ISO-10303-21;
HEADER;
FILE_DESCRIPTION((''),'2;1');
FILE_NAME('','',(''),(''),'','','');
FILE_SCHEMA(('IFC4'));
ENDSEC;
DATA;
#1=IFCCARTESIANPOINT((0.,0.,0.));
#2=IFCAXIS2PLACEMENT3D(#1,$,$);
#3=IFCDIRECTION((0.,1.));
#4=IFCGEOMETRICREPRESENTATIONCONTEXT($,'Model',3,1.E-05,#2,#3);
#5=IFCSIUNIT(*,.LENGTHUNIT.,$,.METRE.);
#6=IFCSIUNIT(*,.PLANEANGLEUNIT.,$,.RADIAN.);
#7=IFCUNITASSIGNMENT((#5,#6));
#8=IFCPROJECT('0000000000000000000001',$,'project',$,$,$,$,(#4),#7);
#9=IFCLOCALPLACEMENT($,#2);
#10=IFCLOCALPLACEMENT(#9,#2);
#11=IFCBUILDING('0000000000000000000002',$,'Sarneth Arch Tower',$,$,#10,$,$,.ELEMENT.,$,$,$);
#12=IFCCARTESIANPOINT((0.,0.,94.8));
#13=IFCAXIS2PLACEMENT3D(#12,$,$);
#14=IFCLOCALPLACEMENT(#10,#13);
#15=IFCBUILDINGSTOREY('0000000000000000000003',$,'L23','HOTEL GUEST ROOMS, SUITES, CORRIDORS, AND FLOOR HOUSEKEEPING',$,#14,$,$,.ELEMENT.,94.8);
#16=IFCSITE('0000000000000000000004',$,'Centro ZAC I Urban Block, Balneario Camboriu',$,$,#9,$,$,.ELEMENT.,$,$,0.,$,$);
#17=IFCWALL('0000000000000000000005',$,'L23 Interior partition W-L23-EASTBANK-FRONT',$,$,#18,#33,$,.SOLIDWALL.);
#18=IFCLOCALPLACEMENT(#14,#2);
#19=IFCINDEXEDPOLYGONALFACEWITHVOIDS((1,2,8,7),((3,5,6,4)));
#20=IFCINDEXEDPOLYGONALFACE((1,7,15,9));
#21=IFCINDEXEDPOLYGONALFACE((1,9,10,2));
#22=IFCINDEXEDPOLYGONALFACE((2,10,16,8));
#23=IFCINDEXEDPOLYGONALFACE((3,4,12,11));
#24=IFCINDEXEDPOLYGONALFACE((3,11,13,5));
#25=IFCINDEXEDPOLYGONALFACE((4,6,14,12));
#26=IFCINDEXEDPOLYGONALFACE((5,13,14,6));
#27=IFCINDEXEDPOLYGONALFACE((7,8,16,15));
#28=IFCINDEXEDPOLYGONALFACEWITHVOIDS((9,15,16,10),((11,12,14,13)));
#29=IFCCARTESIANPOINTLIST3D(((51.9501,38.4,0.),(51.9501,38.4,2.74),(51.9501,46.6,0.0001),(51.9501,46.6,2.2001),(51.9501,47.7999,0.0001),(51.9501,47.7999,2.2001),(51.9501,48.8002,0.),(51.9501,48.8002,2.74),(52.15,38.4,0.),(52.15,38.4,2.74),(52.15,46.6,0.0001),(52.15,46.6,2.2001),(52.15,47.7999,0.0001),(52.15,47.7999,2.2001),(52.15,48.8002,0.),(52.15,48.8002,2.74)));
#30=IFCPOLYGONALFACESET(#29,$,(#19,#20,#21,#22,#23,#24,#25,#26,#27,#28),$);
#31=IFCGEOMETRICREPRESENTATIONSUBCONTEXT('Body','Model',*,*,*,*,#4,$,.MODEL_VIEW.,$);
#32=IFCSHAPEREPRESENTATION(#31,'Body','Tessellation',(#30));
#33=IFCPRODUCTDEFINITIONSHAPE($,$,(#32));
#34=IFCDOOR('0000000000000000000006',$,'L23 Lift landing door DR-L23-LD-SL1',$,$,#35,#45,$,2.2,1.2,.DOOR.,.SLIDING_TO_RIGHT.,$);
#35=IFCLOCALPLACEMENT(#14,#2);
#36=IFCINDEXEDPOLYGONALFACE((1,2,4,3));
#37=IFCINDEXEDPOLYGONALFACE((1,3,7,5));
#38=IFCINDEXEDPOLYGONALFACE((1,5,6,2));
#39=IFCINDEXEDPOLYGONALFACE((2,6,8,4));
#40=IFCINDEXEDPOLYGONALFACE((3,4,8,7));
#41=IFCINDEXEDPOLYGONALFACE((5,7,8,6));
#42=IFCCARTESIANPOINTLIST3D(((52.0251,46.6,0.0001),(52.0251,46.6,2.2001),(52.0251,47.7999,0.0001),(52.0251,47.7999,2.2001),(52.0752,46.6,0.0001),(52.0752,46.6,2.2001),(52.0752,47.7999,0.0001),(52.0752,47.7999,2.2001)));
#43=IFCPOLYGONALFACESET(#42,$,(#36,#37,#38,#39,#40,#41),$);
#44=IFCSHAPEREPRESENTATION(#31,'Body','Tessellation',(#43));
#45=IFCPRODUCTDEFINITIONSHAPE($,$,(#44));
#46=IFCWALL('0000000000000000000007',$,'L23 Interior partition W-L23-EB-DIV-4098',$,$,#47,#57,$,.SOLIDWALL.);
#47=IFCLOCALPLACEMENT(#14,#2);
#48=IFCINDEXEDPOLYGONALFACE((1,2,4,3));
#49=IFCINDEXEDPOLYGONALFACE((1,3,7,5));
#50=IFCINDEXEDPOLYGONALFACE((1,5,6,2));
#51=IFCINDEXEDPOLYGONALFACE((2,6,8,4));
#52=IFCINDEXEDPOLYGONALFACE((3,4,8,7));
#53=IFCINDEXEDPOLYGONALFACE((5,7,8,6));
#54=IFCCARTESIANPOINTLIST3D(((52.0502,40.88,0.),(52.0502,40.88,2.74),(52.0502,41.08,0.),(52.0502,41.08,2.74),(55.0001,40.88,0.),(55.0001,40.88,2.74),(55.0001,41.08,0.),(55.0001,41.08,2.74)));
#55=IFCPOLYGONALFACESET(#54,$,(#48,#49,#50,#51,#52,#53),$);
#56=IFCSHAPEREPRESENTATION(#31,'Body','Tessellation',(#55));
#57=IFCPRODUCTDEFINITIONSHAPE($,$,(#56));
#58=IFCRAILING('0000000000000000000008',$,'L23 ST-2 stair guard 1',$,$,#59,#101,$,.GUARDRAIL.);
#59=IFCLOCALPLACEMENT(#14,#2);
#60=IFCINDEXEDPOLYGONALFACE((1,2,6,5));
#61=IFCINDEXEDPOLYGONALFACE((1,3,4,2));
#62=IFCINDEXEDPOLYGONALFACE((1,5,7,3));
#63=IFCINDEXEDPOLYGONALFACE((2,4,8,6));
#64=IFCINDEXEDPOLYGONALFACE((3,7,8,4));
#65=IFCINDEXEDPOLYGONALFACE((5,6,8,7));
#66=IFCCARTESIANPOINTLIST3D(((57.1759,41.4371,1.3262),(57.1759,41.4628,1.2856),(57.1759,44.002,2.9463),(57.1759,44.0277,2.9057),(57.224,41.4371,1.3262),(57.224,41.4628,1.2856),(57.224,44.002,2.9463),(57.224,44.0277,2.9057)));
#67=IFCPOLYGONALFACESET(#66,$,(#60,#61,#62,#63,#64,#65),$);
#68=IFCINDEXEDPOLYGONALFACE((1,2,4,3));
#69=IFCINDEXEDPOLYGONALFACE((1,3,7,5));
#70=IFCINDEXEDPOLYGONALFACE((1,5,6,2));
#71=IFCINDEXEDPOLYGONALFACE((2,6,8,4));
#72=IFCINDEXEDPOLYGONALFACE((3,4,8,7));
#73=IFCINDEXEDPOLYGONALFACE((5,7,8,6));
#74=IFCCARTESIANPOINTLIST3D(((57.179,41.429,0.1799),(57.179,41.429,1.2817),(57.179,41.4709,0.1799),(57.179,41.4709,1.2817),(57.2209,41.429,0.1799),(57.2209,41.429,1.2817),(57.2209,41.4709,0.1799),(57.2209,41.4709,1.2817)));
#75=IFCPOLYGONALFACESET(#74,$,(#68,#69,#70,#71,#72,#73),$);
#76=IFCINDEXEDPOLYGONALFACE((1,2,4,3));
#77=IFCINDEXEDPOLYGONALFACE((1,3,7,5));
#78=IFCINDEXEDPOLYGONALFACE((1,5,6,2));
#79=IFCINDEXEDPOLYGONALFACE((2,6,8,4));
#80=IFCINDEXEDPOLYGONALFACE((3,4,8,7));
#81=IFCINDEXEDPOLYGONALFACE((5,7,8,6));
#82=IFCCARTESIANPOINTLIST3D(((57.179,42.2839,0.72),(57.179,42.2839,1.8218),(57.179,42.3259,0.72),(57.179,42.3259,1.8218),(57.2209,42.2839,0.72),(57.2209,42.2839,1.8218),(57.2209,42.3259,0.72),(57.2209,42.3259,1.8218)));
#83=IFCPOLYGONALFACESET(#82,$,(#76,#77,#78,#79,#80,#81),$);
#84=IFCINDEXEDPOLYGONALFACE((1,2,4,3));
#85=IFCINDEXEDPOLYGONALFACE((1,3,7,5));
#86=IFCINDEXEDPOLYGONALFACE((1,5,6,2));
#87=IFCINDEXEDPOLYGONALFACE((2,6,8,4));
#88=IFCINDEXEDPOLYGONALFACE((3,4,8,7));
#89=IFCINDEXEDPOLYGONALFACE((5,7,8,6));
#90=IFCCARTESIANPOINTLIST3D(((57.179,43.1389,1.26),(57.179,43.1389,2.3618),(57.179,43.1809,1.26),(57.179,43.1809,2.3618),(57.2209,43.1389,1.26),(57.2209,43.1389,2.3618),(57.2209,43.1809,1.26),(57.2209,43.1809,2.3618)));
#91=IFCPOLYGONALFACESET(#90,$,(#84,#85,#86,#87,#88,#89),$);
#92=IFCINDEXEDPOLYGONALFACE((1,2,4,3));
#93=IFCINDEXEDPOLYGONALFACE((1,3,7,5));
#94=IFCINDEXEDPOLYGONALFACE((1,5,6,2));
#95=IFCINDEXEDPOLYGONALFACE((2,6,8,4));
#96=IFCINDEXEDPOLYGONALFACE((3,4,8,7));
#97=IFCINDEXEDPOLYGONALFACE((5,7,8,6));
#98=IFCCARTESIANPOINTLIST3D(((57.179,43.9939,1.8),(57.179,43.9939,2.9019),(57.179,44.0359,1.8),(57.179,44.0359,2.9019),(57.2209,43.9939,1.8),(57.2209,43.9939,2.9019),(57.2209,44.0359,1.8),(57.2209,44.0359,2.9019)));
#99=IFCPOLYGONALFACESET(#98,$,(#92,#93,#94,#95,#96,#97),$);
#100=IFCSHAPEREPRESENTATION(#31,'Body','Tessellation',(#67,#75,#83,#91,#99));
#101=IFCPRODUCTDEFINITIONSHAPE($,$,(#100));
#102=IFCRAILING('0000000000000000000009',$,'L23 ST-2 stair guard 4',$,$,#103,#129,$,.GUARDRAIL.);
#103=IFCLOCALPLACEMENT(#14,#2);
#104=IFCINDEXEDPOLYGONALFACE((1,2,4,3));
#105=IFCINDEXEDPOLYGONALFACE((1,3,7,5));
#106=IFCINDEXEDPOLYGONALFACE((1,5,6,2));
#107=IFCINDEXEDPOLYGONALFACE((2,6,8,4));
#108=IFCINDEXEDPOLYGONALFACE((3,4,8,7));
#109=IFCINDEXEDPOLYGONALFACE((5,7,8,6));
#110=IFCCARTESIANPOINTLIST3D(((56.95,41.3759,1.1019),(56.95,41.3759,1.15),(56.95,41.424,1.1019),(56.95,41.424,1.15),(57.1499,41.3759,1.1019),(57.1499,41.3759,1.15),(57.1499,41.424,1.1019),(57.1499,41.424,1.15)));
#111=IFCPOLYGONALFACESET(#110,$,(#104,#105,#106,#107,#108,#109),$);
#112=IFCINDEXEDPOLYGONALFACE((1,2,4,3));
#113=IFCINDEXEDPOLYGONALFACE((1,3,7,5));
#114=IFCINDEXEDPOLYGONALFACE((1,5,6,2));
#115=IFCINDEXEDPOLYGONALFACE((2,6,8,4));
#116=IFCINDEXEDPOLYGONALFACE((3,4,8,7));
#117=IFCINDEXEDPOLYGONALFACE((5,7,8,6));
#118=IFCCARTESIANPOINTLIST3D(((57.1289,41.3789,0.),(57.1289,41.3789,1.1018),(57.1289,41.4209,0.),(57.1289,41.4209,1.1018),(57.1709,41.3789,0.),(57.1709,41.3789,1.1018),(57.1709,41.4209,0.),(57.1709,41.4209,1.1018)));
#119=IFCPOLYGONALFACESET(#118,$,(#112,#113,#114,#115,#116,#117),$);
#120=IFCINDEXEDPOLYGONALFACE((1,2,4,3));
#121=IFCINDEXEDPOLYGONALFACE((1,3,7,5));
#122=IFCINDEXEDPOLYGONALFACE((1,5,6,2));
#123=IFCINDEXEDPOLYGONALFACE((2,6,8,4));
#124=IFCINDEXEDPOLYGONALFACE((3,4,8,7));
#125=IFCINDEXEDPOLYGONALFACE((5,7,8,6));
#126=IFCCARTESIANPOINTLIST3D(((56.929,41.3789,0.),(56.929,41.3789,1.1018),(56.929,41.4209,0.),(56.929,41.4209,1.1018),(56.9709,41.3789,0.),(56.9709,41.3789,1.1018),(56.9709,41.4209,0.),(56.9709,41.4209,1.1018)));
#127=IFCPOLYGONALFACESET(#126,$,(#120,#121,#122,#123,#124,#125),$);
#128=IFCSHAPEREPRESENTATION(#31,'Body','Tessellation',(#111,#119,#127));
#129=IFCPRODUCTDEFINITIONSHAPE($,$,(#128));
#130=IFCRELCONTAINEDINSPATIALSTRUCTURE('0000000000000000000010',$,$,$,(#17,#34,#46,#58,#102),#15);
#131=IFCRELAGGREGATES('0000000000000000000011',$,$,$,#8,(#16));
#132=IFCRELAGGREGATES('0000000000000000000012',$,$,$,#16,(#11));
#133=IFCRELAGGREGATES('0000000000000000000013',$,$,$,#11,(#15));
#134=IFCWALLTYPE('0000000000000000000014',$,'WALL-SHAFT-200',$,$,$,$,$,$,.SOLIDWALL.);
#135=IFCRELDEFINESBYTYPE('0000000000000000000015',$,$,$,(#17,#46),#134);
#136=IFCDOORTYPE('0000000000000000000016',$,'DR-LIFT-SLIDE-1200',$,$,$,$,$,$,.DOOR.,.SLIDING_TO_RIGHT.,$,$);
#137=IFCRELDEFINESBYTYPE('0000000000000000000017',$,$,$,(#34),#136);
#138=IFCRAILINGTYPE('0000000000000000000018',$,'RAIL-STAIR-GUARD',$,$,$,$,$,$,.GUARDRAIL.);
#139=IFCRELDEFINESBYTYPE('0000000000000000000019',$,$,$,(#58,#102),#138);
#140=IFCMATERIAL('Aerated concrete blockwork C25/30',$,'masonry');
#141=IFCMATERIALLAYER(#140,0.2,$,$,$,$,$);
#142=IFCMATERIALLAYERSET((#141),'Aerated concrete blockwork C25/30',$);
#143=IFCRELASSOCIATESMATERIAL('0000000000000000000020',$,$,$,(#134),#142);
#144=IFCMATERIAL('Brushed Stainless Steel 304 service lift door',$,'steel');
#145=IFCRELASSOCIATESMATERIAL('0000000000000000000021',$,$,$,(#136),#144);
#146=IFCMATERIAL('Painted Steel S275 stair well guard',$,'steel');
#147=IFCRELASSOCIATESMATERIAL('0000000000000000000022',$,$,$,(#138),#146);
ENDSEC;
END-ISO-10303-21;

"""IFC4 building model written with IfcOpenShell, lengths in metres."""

from ifc_helpers import new_model, si_unit, direction, frame, frame_2d, origin, origin_2d, place, context, subcontext, project, spatial, rectangle, extrude, material, layer, layer_set, type_object, element, fill, save


model = new_model("IFC4")

# Units and contexts
model_context = context("Model", 3, precision=1e-05, world=origin(), true_north=direction((0.0, 1.0)))
body_context = subcontext(model_context, "Body", "Model", "MODEL_VIEW")
ifc_project = project(units=[si_unit("LENGTHUNIT", "METRE"), si_unit("PLANEANGLEUNIT", "RADIAN")], contexts=[model_context])

# Site, building, storey
site_placement = place(None, origin())
site = spatial("IfcSite", under=ifc_project, at=site_placement, Name="Centro ZAC I Urban Block, Balneario Camboriu", CompositionType="ELEMENT", RefElevation=0.0)
building_placement = place(site_placement, origin())
building = spatial("IfcBuilding", under=site, at=building_placement, Name="Sarneth Arch Tower", CompositionType="ELEMENT")
storey_placement = place(building_placement, frame((0.0, 0.0, 94.8)))
storey = spatial("IfcBuildingStorey", under=building, at=storey_placement, Name="L23", Description="HOTEL GUEST ROOMS, SUITES, CORRIDORS, AND FLOOR HOUSEKEEPING", CompositionType="ELEMENT", Elevation=94.8)

# Shared definitions
ifc_material_1 = material(Name="Aerated concrete blockwork C25/30", Category="masonry")
ifc_layer_1 = layer(ifc_material_1, 0.2)
ifc_layer_set_1 = layer_set([ifc_layer_1], Name="Aerated concrete blockwork C25/30")
wall_type_1 = type_object("IfcWallType", Name="WALL-SHAFT-200", PredefinedType="SOLIDWALL", material=ifc_layer_set_1)

# Wall, opening, door
wall_1_placement = place(storey_placement, frame((52.05, 38.3999, 0.0), z_axis=(0.0, 0.0, 1.0), x_axis=(0.0, 1.0, 0.0)))
wall_1 = element("IfcWall", 1, at=wall_1_placement, inside=storey, type_object=wall_type_1, Name="L23 Interior partition W-L23-EASTBANK-FRONT", PredefinedType="SOLIDWALL", context=body_context, shape_type="SweptSolid", body=[
    extrude(rectangle(XDim=10.4001, YDim=0.2, at=frame_2d((5.2002, 0.0))), origin(), (0.0, 0.0, 1.0), 2.74),
])
opening_1_placement = place(wall_1_placement, frame((8.2, 0.0, 0.0)))
opening_1 = element("IfcOpeningElement", 2, at=opening_1_placement, cuts=wall_1, PredefinedType="OPENING", context=body_context, shape_type="SweptSolid", body=[
    extrude(rectangle(XDim=1.2, YDim=2.2, at=frame_2d((0.6001, 1.1001))), frame((0.0, 0.1099, 0.0), z_axis=(0.0, -1.0, 0.0), x_axis=(1.0, 0.0, 0.0)), (0.0, 0.0, 1.0), 0.22),
])
ifc_material_2 = material(Name="Brushed Stainless Steel 304 service lift door", Category="steel")
door_type_1 = type_object("IfcDoorType", Name="DR-LIFT-SLIDE-1200", OperationType="SLIDING_TO_RIGHT", PredefinedType="DOOR", material=ifc_material_2)
door_1_placement = place(opening_1_placement, origin())
door_1 = element("IfcDoor", 3, at=door_1_placement, inside=storey, type_object=door_type_1, Name="L23 Lift landing door DR-L23-LD-SL1", OperationType="SLIDING_TO_RIGHT", OverallHeight=2.2, OverallWidth=1.2, PredefinedType="DOOR", context=body_context, shape_type="SweptSolid", body=[
    extrude(rectangle(XDim=1.2, YDim=2.2, at=frame_2d((0.6001, 1.1001))), frame((0.0, 0.0249, 0.0), z_axis=(0.0, -1.0, 0.0), x_axis=(1.0, 0.0, 0.0)), (0.0, 0.0, 1.0), 0.05),
])
fill(opening_1, door_1)

# Wall
wall_2_placement = place(storey_placement, frame((52.05, 40.98, 0.0), z_axis=(0.0, 0.0, 1.0), x_axis=(1.0, 0.0, 0.0)))
element("IfcWall", 4, at=wall_2_placement, inside=storey, type_object=wall_type_1, Name="L23 Interior partition W-L23-EB-DIV-4098", PredefinedType="SOLIDWALL", context=body_context, shape_type="SweptSolid", body=[
    extrude(rectangle(XDim=2.95, YDim=0.2, at=frame_2d((1.4751, 0.0))), origin(), (0.0, 0.0, 1.0), 2.74),
])

# Railings
ifc_material_3 = material(Name="Painted Steel S275 stair well guard", Category="steel")
railing_type = type_object("IfcRailingType", Name="RAIL-STAIR-GUARD", PredefinedType="GUARDRAIL", material=ifc_material_3)
railing_1_placement = place(storey_placement, frame((57.2, 41.45, 0.1799)))
element("IfcRailing", 5, at=railing_1_placement, inside=storey, type_object=railing_type, Name="L23 ST-2 stair guard 1", PredefinedType="GUARDRAIL", context=body_context, shape_type="SweptSolid", body=[
    extrude(rectangle(XDim=0.0481, YDim=0.0481, at=origin_2d()), frame((0.0, 0.0, 1.126), z_axis=(0.0, 0.845466, 0.534029), x_axis=(-1.0, 0.0, 0.0)), (0.0, 0.0, 1.0), 3.0337),
    extrude(rectangle(XDim=0.042, YDim=0.042, at=origin_2d()), origin(), (0.0, 0.0, 1.0), 1.1018),
    extrude(rectangle(XDim=0.042, YDim=0.042, at=origin_2d()), frame((0.0, 0.855, 0.54)), (0.0, 0.0, 1.0), 1.1018),
    extrude(rectangle(XDim=0.042, YDim=0.042, at=origin_2d()), frame((0.0, 1.71, 1.0801)), (0.0, 0.0, 1.0), 1.1018),
    extrude(rectangle(XDim=0.042, YDim=0.042, at=origin_2d()), frame((0.0, 2.5649, 1.6201)), (0.0, 0.0, 1.0), 1.1018),
])
railing_2_placement = place(storey_placement, frame((57.1499, 41.3999, 0.0)))
element("IfcRailing", 6, at=railing_2_placement, inside=storey, type_object=railing_type, Name="L23 ST-2 stair guard 4", PredefinedType="GUARDRAIL", context=body_context, shape_type="SweptSolid", body=[
    extrude(rectangle(XDim=0.0481, YDim=0.0481, at=origin_2d()), frame((0.0, 0.0, 1.126), z_axis=(-1.0, 0.0, 0.0), x_axis=(0.0, -1.0, 0.0)), (0.0, 0.0, 1.0), 0.2),
    extrude(rectangle(XDim=0.042, YDim=0.042, at=origin_2d()), origin(), (0.0, 0.0, 1.0), 1.1018),
    extrude(rectangle(XDim=0.042, YDim=0.042, at=origin_2d()), frame((-0.2, 0.0, 0.0)), (0.0, 0.0, 1.0), 1.1018),
])

save(model, "model.ifc")
